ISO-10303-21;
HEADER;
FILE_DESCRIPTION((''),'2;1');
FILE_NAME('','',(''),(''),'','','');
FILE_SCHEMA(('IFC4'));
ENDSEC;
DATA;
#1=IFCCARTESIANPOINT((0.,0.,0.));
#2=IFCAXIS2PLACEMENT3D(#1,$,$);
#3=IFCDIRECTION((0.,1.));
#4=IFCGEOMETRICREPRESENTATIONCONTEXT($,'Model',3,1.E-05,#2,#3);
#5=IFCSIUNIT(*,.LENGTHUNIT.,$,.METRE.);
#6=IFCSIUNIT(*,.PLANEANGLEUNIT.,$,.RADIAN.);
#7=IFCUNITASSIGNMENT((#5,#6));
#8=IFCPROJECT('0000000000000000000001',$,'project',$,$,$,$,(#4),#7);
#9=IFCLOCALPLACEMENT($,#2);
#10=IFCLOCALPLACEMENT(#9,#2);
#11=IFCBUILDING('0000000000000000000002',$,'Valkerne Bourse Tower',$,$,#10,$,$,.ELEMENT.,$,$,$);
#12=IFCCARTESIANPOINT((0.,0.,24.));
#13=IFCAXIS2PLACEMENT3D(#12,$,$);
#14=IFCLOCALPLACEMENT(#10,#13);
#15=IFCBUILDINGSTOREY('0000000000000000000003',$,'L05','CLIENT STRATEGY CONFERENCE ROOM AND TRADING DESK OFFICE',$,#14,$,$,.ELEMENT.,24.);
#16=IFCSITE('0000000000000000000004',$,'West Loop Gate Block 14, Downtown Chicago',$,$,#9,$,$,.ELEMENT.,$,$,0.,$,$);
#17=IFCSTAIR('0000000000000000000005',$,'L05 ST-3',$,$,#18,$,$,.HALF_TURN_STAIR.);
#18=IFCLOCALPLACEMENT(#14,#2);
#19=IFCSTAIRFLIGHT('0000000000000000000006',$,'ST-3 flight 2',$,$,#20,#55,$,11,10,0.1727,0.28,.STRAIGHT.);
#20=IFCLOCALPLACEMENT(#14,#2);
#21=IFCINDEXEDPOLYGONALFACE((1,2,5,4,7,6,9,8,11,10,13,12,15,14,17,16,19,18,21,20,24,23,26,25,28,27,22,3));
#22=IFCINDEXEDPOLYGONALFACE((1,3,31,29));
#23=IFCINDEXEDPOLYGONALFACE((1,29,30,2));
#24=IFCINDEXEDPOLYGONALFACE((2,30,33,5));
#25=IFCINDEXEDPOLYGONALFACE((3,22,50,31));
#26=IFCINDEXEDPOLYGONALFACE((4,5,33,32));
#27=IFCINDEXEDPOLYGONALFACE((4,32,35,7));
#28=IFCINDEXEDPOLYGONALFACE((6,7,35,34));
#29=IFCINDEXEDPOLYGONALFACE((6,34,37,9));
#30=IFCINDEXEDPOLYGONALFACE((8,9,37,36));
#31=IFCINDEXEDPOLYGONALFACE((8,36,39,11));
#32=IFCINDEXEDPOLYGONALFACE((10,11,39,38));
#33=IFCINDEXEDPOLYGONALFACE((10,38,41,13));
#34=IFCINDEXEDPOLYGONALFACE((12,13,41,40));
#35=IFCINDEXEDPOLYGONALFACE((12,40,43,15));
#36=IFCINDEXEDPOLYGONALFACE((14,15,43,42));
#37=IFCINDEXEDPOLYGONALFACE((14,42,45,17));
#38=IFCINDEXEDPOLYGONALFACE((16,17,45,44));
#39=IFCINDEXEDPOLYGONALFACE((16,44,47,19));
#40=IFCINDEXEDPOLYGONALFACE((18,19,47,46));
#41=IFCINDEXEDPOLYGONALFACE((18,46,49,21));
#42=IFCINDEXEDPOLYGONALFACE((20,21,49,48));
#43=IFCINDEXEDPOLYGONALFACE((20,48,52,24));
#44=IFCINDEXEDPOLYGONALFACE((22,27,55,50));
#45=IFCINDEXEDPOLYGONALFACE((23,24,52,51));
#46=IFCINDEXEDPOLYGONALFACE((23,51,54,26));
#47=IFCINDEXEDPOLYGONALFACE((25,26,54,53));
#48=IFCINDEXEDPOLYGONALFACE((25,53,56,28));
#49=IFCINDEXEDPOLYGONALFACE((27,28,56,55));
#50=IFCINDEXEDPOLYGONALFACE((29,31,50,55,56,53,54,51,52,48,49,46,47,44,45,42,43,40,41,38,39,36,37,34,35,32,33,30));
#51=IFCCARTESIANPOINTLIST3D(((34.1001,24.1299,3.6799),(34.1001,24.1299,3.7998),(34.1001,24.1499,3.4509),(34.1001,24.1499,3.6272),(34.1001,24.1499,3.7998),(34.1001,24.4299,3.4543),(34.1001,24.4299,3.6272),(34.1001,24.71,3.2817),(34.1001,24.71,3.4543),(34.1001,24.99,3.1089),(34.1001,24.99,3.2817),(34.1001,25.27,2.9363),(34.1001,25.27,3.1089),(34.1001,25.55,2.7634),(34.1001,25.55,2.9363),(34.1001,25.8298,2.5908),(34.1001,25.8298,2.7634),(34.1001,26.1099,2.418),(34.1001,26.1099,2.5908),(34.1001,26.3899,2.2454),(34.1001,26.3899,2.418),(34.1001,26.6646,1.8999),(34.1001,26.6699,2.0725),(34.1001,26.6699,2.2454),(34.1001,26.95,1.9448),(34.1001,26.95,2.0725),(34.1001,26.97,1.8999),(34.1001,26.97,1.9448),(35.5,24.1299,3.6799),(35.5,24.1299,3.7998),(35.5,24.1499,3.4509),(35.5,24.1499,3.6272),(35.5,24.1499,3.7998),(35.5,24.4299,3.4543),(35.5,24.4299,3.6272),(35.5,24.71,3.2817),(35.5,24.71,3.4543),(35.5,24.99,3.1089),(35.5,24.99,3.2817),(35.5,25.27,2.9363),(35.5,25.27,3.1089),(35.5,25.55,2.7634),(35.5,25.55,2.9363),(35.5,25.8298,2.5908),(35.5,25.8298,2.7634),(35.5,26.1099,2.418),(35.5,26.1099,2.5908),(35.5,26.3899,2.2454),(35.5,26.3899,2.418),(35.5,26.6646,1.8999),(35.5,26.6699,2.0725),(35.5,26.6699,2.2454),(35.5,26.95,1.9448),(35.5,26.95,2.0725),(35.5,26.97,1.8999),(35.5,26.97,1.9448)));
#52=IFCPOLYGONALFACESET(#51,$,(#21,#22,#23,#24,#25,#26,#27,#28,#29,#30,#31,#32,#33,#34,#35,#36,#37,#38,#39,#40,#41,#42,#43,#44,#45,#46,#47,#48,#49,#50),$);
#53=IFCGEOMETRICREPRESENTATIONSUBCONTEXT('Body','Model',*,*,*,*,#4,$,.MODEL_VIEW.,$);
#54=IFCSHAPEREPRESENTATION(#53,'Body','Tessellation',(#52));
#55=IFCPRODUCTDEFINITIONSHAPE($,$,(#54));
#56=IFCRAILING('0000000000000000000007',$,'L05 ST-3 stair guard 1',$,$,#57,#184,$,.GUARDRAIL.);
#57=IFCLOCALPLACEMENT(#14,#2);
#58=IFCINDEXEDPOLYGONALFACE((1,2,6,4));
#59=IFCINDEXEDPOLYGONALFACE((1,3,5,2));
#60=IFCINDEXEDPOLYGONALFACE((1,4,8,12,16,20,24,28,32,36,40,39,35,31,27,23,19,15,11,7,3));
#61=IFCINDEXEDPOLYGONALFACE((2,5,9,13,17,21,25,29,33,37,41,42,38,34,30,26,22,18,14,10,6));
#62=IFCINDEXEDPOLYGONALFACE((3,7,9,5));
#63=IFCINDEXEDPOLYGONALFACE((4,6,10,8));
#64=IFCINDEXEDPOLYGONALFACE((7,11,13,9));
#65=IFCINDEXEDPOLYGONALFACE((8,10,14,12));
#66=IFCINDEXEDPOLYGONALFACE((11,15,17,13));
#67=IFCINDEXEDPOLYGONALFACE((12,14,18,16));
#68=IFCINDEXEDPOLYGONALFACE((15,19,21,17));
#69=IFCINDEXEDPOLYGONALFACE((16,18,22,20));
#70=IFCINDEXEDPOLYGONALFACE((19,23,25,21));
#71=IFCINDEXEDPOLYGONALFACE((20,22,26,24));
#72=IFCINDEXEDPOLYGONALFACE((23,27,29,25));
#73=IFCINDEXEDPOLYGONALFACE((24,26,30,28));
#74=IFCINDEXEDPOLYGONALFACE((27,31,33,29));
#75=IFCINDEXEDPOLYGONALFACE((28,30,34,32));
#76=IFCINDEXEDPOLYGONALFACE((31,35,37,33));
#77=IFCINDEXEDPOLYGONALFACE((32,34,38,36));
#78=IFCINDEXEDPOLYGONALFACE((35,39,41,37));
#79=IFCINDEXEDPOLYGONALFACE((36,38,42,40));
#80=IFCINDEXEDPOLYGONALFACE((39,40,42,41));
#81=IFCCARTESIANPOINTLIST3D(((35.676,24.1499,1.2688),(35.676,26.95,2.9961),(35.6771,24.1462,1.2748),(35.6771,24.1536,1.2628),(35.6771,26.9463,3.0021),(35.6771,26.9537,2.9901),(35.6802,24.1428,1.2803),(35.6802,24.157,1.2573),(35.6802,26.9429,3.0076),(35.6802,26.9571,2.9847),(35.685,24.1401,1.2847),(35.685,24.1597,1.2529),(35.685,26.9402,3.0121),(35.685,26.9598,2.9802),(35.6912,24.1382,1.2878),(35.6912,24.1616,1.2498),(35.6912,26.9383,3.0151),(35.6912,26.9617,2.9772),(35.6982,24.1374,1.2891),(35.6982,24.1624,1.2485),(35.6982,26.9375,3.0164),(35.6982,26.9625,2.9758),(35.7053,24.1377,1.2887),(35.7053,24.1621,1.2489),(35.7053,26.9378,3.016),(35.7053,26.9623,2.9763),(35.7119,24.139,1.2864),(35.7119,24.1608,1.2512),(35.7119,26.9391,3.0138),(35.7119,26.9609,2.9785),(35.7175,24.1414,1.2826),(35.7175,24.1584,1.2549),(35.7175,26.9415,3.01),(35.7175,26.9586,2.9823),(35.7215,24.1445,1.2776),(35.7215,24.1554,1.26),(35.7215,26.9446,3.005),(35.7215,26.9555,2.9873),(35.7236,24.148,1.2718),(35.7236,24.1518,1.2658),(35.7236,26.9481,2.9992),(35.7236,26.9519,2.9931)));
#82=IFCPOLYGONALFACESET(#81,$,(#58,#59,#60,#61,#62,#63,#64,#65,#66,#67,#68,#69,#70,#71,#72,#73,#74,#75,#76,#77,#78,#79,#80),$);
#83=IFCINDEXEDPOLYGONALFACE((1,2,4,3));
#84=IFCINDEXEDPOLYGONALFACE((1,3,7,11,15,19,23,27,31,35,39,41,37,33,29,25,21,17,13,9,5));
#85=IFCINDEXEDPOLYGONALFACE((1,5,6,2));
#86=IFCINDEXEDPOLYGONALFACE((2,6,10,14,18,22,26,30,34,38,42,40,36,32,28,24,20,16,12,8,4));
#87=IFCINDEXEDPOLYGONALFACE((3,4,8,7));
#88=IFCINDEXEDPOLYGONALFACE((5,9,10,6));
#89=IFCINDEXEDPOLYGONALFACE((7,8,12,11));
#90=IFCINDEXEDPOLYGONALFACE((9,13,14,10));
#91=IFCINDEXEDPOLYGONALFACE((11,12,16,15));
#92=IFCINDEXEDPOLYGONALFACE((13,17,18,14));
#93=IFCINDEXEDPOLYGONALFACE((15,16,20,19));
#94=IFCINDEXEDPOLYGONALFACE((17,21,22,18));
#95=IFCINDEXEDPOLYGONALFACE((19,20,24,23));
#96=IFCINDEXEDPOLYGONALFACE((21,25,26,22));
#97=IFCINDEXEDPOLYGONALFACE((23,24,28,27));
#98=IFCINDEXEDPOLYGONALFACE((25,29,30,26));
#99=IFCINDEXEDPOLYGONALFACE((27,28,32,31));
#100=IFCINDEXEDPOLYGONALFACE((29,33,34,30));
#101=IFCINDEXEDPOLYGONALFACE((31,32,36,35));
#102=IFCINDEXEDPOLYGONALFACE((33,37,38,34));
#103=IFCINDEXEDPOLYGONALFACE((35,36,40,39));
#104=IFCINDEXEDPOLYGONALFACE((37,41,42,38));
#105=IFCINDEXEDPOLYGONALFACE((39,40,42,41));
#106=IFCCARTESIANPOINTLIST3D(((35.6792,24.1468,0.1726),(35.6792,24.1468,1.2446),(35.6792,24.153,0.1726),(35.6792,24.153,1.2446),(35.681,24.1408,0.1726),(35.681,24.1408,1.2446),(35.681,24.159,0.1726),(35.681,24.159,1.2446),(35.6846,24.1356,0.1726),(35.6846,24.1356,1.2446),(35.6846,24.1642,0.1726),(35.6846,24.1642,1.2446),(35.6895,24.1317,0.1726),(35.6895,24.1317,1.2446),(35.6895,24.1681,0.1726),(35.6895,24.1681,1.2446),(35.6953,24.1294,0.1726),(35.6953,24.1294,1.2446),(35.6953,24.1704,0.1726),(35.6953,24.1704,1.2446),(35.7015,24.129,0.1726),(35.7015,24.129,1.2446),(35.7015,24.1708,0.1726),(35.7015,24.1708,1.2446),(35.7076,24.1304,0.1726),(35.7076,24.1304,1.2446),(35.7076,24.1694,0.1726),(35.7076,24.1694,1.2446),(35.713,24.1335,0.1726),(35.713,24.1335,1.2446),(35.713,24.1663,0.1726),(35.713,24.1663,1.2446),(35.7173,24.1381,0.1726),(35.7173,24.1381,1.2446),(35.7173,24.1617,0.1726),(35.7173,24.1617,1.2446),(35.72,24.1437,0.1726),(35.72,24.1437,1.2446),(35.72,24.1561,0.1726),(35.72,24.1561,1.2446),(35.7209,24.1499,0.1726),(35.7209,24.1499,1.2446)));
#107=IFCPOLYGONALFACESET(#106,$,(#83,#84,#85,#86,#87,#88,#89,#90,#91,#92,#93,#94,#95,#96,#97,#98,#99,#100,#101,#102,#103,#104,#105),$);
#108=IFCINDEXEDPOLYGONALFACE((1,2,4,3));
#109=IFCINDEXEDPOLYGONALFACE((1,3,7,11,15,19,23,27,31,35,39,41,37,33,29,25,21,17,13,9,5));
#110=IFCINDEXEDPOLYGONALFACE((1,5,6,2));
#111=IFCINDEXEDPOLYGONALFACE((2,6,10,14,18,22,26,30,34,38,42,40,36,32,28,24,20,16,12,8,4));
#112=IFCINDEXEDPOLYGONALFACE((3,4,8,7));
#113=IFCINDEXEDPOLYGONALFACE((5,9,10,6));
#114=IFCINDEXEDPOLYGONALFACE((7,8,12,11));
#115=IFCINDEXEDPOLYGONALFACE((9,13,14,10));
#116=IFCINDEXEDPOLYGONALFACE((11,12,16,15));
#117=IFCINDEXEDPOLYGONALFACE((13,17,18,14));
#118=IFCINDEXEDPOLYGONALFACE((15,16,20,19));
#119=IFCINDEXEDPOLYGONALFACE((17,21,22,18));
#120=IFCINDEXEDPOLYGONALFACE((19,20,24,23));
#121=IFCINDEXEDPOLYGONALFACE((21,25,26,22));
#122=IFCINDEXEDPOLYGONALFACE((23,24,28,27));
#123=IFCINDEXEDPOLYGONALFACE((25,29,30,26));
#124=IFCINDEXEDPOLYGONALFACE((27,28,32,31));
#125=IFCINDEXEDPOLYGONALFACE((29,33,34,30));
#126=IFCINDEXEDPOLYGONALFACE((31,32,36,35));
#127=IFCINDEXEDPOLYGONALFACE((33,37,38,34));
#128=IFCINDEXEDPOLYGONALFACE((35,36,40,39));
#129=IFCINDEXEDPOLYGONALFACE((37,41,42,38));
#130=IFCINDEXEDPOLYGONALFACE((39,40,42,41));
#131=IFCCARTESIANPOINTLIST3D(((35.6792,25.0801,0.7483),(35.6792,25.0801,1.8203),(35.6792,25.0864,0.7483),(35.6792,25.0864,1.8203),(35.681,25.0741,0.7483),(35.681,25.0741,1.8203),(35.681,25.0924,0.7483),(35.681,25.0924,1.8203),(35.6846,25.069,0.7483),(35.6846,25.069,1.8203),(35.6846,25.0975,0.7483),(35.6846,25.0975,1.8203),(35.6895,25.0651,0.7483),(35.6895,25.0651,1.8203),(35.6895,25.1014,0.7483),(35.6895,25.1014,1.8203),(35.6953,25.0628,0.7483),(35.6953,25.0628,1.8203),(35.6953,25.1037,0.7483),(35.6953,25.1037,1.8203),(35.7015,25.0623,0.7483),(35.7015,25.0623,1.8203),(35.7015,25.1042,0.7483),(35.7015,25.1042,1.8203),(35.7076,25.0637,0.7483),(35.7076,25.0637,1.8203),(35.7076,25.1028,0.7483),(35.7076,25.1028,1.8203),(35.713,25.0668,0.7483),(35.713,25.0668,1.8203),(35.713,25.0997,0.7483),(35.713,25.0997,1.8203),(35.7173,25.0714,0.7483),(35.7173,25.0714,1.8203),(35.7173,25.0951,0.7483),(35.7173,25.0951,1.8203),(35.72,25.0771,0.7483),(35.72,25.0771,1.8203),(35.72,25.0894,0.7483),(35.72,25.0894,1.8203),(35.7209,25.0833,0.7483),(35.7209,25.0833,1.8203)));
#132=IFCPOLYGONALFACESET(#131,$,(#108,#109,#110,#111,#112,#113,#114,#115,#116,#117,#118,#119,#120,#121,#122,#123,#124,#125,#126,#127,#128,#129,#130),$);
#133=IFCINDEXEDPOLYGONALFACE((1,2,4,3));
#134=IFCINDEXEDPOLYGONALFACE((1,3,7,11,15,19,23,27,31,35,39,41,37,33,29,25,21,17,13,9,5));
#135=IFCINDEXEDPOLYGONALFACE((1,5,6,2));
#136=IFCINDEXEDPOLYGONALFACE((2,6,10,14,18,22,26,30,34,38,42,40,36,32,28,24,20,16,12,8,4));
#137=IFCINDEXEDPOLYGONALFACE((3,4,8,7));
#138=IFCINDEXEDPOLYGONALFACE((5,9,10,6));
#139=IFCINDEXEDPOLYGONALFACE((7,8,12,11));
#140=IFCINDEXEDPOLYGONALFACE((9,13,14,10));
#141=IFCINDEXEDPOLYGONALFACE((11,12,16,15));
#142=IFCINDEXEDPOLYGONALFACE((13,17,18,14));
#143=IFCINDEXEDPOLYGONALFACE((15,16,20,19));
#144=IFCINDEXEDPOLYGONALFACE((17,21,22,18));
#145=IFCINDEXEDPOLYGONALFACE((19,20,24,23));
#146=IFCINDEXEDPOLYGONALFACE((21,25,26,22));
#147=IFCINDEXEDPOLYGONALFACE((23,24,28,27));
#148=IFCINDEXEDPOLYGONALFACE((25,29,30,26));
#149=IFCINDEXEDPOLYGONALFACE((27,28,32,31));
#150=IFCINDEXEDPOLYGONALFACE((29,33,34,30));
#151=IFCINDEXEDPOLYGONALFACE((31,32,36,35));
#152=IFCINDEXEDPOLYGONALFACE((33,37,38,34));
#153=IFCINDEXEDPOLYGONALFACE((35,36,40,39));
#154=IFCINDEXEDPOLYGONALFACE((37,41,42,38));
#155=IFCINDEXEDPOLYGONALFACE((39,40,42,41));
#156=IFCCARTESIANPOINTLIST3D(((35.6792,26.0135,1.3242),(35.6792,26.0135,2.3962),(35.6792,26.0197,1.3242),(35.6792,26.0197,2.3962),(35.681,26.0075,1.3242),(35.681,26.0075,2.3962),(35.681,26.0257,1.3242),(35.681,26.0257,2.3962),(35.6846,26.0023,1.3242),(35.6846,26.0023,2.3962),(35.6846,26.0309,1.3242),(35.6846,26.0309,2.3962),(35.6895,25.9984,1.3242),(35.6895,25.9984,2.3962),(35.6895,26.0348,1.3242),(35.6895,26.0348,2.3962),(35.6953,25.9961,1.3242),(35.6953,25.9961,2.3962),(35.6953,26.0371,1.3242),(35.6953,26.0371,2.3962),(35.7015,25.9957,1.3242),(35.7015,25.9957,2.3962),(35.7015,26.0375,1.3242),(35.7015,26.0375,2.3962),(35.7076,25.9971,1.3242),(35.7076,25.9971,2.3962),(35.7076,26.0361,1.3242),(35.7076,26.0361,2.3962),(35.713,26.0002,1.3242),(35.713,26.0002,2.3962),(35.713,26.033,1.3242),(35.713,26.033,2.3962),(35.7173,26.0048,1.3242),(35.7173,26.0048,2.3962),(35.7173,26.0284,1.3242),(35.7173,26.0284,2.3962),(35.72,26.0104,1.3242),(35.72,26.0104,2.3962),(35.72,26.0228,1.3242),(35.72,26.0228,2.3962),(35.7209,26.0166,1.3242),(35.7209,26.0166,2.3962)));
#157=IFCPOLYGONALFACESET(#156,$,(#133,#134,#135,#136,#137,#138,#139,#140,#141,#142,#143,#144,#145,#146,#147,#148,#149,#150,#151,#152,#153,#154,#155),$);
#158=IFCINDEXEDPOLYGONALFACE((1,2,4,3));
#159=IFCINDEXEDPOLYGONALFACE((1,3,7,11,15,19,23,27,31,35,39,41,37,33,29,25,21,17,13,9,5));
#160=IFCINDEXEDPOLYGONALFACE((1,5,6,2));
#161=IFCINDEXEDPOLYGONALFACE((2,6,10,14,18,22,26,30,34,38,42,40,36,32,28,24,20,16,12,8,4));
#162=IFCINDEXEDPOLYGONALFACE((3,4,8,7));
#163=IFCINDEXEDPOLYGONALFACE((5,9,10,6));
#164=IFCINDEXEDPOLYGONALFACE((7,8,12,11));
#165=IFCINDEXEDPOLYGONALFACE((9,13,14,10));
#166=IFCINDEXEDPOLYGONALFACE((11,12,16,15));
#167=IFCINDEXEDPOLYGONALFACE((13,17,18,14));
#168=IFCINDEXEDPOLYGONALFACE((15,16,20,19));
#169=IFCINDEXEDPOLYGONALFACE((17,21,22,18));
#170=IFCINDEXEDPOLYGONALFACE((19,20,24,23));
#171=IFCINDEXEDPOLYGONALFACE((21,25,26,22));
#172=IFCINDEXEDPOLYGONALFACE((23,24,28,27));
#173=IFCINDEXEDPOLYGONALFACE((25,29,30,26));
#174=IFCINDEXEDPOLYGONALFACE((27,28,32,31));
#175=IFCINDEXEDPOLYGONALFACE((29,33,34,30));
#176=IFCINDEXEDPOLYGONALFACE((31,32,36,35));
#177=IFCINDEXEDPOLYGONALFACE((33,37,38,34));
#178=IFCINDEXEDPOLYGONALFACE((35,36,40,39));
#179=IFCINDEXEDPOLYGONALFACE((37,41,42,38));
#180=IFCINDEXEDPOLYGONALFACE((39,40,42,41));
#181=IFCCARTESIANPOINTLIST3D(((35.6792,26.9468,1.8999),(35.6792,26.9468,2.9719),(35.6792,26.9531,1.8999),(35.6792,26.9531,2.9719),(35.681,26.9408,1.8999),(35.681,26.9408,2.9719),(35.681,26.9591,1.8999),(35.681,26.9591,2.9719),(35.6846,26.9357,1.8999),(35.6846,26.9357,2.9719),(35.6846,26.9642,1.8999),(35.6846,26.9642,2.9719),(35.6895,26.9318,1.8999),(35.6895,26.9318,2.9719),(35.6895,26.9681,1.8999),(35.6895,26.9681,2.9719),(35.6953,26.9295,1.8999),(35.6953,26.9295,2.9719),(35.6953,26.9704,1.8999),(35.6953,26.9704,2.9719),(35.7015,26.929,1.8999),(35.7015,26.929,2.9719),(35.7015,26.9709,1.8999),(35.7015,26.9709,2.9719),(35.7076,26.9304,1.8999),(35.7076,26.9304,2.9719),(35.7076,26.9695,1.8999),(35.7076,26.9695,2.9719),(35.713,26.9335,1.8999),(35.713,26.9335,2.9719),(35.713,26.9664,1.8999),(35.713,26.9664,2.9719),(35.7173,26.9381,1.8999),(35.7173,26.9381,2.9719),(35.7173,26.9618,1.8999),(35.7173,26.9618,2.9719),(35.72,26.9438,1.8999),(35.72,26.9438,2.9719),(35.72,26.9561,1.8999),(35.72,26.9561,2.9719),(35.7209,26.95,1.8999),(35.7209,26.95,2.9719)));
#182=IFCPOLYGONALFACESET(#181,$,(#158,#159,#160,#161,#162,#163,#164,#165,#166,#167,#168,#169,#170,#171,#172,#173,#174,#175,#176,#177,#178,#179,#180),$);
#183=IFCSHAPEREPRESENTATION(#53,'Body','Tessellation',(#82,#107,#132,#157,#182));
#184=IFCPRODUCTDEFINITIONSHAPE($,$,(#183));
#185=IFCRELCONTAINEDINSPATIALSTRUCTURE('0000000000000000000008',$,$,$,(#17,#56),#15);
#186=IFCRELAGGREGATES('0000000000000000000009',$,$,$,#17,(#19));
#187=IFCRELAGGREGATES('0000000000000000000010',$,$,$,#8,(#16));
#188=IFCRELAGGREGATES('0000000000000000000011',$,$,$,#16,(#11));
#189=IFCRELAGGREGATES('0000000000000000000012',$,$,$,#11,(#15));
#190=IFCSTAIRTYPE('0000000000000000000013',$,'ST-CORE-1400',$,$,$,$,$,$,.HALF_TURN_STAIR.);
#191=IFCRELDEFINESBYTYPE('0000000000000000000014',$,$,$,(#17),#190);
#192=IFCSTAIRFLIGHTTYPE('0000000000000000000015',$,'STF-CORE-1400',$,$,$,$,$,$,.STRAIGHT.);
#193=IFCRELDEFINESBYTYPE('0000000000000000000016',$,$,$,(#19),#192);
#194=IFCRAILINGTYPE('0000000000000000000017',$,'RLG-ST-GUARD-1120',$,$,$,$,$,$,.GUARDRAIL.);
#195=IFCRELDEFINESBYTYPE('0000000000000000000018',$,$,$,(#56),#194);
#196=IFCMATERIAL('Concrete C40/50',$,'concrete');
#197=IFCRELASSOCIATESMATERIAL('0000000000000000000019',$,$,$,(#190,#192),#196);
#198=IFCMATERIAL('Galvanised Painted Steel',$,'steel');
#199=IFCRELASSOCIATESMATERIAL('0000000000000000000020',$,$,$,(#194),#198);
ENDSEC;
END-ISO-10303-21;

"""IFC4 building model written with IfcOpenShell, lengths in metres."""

from ifc_helpers import new_model, si_unit, direction, frame, origin, origin_2d, place, context, subcontext, project, spatial, polyline, circle, outline, extrude, material, type_object, element, aggregate, save


model = new_model("IFC4")

# Units and contexts
model_context = context("Model", 3, precision=1e-05, world=origin(), true_north=direction((0.0, 1.0)))
body_context = subcontext(model_context, "Body", "Model", "MODEL_VIEW")
ifc_project = project(units=[si_unit("LENGTHUNIT", "METRE"), si_unit("PLANEANGLEUNIT", "RADIAN")], contexts=[model_context])

# Site, building, storey
site_placement = place(None, origin())
site = spatial("IfcSite", under=ifc_project, at=site_placement, Name="West Loop Gate Block 14, Downtown Chicago", CompositionType="ELEMENT", RefElevation=0.0)
building_placement = place(site_placement, origin())
building = spatial("IfcBuilding", under=site, at=building_placement, Name="Valkerne Bourse Tower", CompositionType="ELEMENT")
storey_placement = place(building_placement, frame((0.0, 0.0, 24.0)))
storey = spatial("IfcBuildingStorey", under=building, at=storey_placement, Name="L05", Description="CLIENT STRATEGY CONFERENCE ROOM AND TRADING DESK OFFICE", CompositionType="ELEMENT", Elevation=24.0)

# Shared definitions
ifc_material_1 = material(Name="Concrete C40/50", Category="concrete")
ifc_material_2 = material(Name="Galvanised Painted Steel", Category="steel")

# Stair, stair flight
stair_type = type_object("IfcStairType", Name="ST-CORE-1400", PredefinedType="HALF_TURN_STAIR", material=ifc_material_1)
stair_placement = place(storey_placement, origin())
stair = element("IfcStair", 1, at=stair_placement, inside=storey, type_object=stair_type, Name="L05 ST-3", PredefinedType="HALF_TURN_STAIR")
stair_flight_type = type_object("IfcStairFlightType", Name="STF-CORE-1400", PredefinedType="STRAIGHT", material=ifc_material_1)
stair_flight_1_placement = place(storey_placement, frame((34.8, 26.95, 1.8999), z_axis=(0.0, 0.0, 1.0), x_axis=(0.0, -1.0, 0.0)))
stair_flight_1 = element("IfcStairFlight", 2, at=stair_flight_1_placement, type_object=stair_flight_type, Name="ST-3 flight 2", NumberOfRisers=11, NumberOfTreads=10, PredefinedType="STRAIGHT", RiserHeight=0.1727, TreadLength=0.28, context=body_context, shape_type="SweptSolid", body=[
    extrude(outline(polyline([(-0.02, 0.0), (-0.02, 0.0449), (0.0, 0.0449), (0.0, 0.1726), (0.28, 0.1726), (0.28, 0.3455), (0.5601, 0.3455), (0.5601, 0.5181), (0.8401, 0.5181), (0.8401, 0.6909), (1.1201, 0.6909), (1.1201, 0.8635), (1.3999, 0.8635), (1.3999, 1.0364), (1.6799, 1.0364), (1.6799, 1.209), (1.96, 1.209), (1.96, 1.3818), (2.24, 1.3818), (2.24, 1.5544), (2.52, 1.5544), (2.52, 1.7273), (2.8, 1.7273), (2.8, 1.8999), (2.8201, 1.8999), (2.8201, 1.78), (2.8, 1.551), (0.2854, 0.0), (-0.02, 0.0)])), frame((0.0, 0.7, 0.0), z_axis=(0.0, -1.0, 0.0), x_axis=(1.0, 0.0, 0.0)), (0.0, 0.0, 1.0), 1.3999),
])
aggregate(stair, [stair_flight_1])

# Railing
railing_type_1 = type_object("IfcRailingType", Name="RLG-ST-GUARD-1120", PredefinedType="GUARDRAIL", material=ifc_material_2)
railing_1_placement = place(storey_placement, frame((35.7, 24.1499, 0.1726)))
element("IfcRailing", 3, at=railing_1_placement, inside=storey, type_object=railing_type_1, Name="L05 ST-3 stair guard 1", PredefinedType="GUARDRAIL", context=body_context, shape_type="SweptSolid", body=[
    extrude(circle(Radius=0.0239, at=origin_2d()), frame((0.0, 0.0, 1.0962), z_axis=(0.0, 0.85109, 0.52502), x_axis=(-1.0, 0.0, 0.0)), (0.0, 0.0, 1.0), 3.29),
    extrude(circle(Radius=0.021, at=origin_2d()), origin(), (0.0, 0.0, 1.0), 1.072),
    extrude(circle(Radius=0.021, at=origin_2d()), frame((0.0, 0.9333, 0.5757)), (0.0, 0.0, 1.0), 1.072),
    extrude(circle(Radius=0.021, at=origin_2d()), frame((0.0, 1.8667, 1.1516)), (0.0, 0.0, 1.0), 1.072),
    extrude(circle(Radius=0.021, at=origin_2d()), frame((0.0, 2.8, 1.7273)), (0.0, 0.0, 1.0), 1.072),
])

save(model, "model.ifc")
